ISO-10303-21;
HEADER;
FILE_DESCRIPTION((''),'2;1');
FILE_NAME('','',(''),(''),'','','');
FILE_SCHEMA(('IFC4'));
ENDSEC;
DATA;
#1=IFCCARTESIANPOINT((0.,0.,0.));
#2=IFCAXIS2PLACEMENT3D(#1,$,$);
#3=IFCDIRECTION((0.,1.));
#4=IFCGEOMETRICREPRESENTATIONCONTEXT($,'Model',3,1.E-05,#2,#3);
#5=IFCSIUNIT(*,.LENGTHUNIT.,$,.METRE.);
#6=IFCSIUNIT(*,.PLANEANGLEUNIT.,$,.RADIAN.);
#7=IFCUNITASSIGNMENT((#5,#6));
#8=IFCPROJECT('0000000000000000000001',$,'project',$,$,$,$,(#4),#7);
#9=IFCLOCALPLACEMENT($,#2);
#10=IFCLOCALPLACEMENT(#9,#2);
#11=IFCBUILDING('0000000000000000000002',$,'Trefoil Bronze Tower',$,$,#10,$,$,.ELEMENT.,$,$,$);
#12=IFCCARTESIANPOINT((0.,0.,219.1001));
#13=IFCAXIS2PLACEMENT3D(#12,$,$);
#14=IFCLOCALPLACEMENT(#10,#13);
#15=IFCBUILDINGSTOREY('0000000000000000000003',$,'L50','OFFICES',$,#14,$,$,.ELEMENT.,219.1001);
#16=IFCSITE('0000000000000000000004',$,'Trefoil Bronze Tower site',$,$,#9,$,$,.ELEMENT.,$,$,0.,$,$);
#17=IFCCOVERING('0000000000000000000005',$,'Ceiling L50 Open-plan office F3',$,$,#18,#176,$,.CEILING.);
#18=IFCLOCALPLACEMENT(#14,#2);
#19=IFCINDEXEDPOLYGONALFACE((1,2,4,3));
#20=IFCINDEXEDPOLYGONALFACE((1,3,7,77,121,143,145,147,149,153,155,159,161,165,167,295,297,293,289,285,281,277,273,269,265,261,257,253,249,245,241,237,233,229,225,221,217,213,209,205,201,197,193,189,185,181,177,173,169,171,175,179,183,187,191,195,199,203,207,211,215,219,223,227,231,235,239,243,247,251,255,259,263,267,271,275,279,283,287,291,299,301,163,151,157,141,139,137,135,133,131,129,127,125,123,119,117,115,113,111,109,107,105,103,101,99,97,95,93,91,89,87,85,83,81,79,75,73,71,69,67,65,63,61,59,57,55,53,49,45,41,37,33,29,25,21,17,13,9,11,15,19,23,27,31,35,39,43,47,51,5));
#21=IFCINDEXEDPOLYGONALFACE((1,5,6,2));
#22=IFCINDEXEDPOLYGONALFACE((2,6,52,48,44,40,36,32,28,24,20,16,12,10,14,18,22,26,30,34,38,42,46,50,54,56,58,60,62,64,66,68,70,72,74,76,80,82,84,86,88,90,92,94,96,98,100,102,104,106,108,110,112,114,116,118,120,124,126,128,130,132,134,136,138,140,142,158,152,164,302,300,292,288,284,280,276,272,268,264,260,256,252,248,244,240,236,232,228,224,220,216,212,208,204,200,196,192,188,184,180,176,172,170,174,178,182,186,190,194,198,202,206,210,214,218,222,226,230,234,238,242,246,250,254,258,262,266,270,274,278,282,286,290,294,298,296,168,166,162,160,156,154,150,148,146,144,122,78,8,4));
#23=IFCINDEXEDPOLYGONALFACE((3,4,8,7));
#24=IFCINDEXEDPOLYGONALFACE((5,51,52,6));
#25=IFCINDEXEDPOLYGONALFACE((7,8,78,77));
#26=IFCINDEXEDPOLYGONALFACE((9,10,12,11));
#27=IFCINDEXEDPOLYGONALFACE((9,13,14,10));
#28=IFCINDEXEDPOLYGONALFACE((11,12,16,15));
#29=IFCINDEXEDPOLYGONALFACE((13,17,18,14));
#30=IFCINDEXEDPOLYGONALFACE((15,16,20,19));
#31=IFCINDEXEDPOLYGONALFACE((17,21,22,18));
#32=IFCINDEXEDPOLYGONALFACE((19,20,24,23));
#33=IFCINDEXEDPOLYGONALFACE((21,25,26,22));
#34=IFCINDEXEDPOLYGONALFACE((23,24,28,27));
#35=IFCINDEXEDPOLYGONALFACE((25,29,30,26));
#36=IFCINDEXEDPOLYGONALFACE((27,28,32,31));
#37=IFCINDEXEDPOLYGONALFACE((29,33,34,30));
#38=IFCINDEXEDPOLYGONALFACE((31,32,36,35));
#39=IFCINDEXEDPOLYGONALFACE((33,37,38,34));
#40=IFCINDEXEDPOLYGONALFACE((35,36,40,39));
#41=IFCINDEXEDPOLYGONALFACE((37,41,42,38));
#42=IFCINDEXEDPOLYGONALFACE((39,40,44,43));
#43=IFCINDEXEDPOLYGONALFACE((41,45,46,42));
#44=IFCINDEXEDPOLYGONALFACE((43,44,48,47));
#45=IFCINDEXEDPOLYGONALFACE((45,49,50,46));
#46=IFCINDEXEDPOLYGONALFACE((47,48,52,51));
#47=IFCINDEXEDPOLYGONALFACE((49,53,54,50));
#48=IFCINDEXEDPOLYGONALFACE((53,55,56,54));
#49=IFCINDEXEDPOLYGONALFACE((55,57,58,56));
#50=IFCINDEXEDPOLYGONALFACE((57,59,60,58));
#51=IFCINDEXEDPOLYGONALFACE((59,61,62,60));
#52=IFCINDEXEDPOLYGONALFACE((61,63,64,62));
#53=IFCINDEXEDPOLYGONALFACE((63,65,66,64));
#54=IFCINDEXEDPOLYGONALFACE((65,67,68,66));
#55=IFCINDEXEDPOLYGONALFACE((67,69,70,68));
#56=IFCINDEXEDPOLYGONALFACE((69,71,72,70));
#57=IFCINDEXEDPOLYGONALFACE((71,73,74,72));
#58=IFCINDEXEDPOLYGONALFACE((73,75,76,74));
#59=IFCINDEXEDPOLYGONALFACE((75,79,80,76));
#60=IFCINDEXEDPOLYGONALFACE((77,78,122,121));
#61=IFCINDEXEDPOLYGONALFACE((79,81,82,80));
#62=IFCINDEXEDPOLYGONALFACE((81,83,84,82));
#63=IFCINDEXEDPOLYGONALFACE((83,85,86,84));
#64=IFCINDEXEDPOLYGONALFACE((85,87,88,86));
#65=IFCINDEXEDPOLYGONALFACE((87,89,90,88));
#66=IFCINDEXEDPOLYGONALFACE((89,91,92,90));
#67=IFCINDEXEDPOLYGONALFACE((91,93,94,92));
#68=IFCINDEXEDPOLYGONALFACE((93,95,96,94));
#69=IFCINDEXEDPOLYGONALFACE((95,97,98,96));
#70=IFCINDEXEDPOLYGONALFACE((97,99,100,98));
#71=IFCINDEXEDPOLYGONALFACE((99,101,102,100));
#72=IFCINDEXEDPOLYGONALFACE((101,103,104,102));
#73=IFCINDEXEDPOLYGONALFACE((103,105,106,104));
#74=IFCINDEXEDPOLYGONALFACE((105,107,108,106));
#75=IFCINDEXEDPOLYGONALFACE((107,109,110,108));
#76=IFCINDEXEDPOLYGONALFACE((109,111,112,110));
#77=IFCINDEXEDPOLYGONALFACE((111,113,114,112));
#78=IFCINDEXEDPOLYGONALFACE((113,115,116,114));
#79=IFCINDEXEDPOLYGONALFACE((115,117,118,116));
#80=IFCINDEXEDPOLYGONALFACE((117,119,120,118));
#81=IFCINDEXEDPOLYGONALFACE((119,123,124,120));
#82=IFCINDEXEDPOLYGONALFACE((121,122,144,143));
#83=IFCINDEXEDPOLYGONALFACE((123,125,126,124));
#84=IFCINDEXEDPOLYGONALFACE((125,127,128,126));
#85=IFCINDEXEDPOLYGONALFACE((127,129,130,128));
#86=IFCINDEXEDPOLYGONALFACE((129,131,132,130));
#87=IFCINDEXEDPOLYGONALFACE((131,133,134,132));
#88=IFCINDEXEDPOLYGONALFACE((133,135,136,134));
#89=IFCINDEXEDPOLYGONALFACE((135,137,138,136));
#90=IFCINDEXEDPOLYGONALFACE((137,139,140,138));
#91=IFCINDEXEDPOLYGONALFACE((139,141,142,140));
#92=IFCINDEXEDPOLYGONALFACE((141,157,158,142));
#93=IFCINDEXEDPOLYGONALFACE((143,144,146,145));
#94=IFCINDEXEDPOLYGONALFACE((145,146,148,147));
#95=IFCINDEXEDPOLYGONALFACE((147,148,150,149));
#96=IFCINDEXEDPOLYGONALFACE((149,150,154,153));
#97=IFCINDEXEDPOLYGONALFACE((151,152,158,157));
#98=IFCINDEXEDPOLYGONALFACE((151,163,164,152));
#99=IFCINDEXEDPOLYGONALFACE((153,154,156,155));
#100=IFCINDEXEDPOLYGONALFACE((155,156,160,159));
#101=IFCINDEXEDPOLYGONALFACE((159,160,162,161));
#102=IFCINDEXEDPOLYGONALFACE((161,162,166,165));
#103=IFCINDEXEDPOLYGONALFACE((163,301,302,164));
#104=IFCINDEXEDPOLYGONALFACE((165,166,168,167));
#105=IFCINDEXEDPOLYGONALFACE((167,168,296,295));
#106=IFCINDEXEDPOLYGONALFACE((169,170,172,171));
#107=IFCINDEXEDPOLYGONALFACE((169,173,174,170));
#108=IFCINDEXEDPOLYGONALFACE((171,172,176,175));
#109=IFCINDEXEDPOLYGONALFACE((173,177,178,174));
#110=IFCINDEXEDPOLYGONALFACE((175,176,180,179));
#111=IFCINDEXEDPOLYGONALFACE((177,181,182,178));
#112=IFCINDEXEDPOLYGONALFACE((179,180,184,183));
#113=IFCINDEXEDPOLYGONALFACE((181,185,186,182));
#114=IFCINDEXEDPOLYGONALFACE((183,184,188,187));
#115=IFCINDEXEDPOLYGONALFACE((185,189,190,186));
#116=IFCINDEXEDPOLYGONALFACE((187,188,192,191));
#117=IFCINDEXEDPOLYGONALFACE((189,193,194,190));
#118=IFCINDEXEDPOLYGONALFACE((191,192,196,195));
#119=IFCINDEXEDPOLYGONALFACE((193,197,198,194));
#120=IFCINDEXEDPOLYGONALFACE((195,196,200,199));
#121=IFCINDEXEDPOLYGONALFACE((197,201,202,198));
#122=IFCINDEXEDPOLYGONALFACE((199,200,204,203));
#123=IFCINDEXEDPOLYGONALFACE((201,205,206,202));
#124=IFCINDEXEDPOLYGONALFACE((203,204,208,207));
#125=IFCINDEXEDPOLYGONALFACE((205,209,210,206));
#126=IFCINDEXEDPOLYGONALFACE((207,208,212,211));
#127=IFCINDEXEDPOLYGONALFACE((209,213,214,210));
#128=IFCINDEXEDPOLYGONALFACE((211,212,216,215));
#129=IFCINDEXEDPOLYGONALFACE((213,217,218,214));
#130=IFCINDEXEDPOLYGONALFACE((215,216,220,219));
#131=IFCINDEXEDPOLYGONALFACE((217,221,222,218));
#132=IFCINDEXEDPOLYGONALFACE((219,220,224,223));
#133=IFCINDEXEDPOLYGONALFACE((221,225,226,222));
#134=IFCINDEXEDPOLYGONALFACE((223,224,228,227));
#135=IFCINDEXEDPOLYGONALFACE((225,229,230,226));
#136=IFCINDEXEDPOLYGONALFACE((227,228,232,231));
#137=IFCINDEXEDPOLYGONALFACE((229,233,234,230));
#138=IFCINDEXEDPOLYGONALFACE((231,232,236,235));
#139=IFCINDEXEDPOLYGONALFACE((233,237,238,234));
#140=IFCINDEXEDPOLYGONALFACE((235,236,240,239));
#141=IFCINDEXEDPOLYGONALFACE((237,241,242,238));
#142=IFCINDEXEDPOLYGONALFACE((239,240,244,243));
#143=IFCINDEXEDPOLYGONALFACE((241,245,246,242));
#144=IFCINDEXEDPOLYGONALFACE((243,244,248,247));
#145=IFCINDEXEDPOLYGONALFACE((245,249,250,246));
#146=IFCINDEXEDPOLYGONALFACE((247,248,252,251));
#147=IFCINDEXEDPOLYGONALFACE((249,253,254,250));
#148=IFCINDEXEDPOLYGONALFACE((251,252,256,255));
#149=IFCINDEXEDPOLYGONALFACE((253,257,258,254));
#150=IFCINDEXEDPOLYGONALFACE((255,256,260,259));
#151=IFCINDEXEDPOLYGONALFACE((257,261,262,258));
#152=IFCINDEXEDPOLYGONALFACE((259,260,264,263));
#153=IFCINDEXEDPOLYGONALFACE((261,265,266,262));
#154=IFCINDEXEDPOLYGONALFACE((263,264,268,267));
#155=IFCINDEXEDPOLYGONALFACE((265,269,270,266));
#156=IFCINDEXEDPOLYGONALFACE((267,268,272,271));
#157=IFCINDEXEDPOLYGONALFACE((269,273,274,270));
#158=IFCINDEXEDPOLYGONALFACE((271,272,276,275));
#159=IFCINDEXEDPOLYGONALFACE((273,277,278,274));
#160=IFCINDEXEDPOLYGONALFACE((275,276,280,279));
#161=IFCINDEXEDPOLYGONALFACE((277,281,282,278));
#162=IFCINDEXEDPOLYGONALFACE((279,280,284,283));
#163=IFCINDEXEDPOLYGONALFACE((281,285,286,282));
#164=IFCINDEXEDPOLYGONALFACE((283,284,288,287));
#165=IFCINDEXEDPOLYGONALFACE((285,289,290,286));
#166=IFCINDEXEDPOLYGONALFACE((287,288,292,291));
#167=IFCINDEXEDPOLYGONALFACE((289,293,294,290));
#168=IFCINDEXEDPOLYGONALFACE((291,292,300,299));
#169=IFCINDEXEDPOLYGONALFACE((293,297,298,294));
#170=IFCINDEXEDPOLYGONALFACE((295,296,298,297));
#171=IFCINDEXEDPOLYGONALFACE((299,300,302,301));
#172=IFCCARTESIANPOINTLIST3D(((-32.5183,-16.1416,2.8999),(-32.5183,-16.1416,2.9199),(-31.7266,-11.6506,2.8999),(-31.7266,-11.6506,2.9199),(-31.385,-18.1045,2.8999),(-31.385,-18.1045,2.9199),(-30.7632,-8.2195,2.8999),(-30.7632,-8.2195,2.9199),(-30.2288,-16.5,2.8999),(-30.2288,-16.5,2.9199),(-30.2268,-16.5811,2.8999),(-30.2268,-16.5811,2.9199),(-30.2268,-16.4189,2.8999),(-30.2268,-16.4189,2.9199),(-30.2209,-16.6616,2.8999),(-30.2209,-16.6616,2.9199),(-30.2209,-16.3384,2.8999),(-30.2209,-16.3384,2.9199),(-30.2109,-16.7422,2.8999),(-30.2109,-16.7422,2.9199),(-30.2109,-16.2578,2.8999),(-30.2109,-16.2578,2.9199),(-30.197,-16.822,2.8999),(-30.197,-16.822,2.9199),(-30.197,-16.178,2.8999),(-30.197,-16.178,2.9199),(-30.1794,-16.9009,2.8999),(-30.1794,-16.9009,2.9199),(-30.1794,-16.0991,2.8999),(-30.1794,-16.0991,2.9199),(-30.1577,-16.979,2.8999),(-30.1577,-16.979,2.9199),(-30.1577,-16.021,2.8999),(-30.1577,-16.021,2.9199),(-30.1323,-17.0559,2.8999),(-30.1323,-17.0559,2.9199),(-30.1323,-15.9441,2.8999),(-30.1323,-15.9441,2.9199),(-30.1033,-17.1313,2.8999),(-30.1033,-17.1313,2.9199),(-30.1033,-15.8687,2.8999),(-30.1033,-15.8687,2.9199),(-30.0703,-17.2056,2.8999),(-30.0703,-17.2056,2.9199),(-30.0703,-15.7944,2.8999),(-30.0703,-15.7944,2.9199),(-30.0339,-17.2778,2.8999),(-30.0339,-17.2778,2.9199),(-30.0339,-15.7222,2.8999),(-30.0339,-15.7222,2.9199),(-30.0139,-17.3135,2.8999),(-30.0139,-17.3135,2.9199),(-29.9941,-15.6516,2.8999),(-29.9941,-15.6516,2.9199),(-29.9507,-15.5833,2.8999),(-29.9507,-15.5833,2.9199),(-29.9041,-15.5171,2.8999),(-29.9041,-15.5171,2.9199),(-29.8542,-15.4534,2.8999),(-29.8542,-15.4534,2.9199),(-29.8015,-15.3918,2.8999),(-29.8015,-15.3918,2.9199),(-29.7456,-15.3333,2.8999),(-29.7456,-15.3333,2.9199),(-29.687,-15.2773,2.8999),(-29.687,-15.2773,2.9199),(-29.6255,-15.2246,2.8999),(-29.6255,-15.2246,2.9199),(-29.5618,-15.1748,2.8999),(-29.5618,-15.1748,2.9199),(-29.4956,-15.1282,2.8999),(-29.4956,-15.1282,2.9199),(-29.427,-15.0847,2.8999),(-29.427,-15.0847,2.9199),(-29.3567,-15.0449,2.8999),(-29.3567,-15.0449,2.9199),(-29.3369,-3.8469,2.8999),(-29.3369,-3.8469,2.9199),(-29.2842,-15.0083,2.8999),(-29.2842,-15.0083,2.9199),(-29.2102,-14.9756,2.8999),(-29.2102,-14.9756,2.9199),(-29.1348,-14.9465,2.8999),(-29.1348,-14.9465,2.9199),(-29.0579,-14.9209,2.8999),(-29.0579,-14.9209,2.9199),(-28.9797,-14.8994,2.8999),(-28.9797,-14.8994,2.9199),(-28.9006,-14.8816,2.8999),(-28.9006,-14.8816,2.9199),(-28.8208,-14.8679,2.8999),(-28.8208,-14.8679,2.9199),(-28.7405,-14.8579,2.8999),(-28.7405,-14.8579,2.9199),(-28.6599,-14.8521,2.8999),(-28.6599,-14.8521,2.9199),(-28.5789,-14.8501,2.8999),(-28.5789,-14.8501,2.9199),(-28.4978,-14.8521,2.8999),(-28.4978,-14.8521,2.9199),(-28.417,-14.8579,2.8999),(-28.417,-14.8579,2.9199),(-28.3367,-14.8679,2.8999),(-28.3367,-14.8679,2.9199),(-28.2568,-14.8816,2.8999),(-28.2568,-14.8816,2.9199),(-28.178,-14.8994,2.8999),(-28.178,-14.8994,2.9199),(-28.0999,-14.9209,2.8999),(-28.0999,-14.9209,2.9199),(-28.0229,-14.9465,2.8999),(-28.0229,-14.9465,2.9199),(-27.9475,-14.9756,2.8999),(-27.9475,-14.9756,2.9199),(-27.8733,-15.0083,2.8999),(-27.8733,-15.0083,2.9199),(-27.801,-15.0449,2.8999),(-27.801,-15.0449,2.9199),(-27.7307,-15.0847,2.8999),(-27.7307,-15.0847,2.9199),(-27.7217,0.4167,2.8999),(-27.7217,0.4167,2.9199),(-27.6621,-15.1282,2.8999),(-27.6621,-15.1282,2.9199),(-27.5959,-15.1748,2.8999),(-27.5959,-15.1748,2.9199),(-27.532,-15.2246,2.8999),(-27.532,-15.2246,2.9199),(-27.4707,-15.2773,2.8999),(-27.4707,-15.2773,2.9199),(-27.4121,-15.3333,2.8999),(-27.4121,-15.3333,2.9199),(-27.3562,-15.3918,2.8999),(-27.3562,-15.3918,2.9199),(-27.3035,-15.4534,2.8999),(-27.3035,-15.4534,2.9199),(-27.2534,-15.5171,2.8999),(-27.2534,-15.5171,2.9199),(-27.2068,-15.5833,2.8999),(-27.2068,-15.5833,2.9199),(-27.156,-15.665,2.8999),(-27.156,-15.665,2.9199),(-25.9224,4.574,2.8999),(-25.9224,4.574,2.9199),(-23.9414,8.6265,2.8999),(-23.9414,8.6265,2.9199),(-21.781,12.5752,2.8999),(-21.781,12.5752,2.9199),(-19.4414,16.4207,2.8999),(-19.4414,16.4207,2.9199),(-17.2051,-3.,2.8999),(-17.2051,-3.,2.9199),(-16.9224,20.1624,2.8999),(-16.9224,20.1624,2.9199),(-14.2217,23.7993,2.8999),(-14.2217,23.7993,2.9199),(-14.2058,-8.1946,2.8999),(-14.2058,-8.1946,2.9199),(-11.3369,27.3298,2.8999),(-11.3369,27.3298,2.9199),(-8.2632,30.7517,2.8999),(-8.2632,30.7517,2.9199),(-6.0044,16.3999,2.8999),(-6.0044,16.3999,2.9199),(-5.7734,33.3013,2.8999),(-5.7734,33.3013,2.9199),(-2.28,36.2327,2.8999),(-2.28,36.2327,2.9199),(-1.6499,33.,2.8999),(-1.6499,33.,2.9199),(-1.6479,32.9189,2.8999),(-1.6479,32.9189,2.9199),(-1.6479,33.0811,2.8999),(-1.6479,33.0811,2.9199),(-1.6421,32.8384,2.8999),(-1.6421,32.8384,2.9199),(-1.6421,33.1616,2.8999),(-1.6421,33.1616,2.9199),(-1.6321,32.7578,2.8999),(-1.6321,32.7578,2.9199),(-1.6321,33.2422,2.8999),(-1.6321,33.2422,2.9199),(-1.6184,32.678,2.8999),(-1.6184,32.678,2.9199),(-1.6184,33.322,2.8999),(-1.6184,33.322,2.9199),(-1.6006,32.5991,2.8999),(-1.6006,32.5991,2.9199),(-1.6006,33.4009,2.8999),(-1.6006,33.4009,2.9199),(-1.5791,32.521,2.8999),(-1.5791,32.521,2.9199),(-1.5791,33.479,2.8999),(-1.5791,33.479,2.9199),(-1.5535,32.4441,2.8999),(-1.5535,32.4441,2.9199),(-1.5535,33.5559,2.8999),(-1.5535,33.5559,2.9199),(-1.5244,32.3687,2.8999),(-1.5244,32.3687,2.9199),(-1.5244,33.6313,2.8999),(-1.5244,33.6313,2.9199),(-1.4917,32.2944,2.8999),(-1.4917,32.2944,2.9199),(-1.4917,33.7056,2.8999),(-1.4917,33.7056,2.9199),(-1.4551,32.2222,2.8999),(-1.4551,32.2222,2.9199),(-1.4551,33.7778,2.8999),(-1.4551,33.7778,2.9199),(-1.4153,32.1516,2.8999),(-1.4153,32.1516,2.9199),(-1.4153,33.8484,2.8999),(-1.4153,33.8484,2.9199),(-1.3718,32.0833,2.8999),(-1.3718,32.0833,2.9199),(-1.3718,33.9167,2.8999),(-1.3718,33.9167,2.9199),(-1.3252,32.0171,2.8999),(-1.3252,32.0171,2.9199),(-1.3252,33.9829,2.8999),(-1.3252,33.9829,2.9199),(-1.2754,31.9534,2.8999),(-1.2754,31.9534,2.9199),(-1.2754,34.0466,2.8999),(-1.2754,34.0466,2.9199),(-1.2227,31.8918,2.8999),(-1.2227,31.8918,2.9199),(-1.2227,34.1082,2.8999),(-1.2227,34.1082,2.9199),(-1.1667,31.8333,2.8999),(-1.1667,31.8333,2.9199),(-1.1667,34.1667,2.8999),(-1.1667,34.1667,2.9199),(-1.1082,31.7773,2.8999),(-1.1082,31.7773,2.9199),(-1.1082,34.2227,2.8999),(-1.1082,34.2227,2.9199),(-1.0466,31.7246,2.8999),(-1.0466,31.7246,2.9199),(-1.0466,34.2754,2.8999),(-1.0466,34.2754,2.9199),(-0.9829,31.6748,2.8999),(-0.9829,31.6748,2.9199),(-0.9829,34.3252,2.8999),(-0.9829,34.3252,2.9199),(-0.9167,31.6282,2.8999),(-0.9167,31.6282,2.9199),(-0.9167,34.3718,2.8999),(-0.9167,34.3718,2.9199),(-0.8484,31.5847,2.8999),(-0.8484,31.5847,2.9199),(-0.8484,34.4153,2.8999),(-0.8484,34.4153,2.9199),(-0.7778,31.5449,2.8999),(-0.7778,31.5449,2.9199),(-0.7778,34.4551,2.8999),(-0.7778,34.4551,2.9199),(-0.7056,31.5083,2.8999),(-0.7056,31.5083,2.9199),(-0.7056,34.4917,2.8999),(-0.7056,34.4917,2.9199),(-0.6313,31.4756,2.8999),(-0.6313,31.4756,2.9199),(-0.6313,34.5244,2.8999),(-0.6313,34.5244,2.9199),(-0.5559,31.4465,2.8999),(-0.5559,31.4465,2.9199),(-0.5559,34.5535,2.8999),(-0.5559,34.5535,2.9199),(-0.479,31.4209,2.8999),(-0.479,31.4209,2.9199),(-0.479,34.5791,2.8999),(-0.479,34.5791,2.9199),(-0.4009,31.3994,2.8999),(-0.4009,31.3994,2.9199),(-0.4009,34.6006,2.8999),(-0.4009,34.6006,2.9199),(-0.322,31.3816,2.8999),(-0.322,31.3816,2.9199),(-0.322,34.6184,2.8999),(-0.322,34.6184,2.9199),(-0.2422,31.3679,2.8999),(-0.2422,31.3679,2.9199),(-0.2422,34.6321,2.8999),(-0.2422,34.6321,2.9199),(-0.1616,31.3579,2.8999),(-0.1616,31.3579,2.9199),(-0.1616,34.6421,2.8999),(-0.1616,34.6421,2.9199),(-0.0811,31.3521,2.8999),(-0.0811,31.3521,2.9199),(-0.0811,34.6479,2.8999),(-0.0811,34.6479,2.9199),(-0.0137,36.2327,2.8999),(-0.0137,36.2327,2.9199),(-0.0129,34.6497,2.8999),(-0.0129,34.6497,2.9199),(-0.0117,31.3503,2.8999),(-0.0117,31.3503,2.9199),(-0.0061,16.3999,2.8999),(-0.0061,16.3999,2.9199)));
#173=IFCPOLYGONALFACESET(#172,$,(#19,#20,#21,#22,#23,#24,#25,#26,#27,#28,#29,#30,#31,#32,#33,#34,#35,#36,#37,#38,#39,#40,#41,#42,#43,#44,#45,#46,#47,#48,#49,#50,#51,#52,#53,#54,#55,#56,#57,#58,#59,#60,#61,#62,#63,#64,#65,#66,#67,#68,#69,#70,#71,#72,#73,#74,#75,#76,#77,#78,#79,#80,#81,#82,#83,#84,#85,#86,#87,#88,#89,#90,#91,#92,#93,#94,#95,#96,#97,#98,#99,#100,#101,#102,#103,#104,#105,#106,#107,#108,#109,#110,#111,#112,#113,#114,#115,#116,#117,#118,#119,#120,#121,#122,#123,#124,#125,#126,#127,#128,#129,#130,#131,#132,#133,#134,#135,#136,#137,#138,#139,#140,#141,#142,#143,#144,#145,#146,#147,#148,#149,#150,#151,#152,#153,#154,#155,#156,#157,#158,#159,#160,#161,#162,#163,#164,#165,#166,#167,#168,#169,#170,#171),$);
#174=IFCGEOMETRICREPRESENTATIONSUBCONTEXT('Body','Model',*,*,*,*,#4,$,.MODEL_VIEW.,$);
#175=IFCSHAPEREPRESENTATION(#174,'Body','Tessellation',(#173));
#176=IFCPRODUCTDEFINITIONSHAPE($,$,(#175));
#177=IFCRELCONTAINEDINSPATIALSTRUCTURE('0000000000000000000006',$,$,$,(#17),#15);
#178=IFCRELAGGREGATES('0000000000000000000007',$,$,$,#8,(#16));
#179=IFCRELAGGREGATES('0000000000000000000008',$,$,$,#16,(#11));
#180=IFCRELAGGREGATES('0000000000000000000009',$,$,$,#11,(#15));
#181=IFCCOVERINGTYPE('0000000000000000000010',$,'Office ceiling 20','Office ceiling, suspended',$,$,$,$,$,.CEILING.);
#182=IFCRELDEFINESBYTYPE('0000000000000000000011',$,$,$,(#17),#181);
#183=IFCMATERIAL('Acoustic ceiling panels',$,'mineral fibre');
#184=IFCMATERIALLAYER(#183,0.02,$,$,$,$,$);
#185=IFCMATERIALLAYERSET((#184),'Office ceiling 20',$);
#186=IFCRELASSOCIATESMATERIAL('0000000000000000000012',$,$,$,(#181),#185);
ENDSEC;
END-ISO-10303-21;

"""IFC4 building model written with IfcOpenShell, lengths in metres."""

from ifc_helpers import new_model, si_unit, direction, frame, origin, place, context, subcontext, project, spatial, polyline, outline, extrude, material, layer, layer_set, type_object, element, save


model = new_model("IFC4")

# Units and contexts
model_context = context("Model", 3, precision=1e-05, world=origin(), true_north=direction((0.0, 1.0)))
body_context = subcontext(model_context, "Body", "Model", "MODEL_VIEW")
ifc_project = project(units=[si_unit("LENGTHUNIT", "METRE"), si_unit("PLANEANGLEUNIT", "RADIAN")], contexts=[model_context])

# Site, building, storey
site_placement = place(None, origin())
site = spatial("IfcSite", under=ifc_project, at=site_placement, Name="Trefoil Bronze Tower site", CompositionType="ELEMENT", RefElevation=0.0)
building_placement = place(site_placement, origin())
building = spatial("IfcBuilding", under=site, at=building_placement, Name="Trefoil Bronze Tower", CompositionType="ELEMENT")
storey_placement = place(building_placement, frame((0.0, 0.0, 219.1001)))
storey = spatial("IfcBuildingStorey", under=building, at=storey_placement, Name="L50", Description="OFFICES", CompositionType="ELEMENT", Elevation=219.1001)

# Covering
ifc_material_1 = material(Name="Acoustic ceiling panels", Category="mineral fibre")
ifc_layer_1 = layer(ifc_material_1, 0.02)
ifc_layer_set_1 = layer_set([ifc_layer_1], Name="Office ceiling 20")
covering_type_1 = type_object("IfcCoveringType", Name="Office ceiling 20", Description="Office ceiling, suspended", PredefinedType="CEILING", material=ifc_layer_set_1)
covering_1_placement = place(storey_placement, frame((0.0, 0.0, 2.8999)))
element("IfcCovering", 1, at=covering_1_placement, inside=storey, type_object=covering_type_1, Name="Ceiling L50 Open-plan office F3", PredefinedType="CEILING", context=body_context, shape_type="SweptSolid", body=[
    extrude(outline(polyline([(-30.7632, -8.2195), (-29.3369, -3.8469), (-27.7217, 0.4167), (-25.9224, 4.574), (-23.9414, 8.6265), (-21.781, 12.5752), (-19.4414, 16.4207), (-16.9224, 20.1624), (-14.2217, 23.7993), (-11.3369, 27.3298), (-8.2632, 30.7517), (-5.7734, 33.3013), (-2.28, 36.2327), (-0.0137, 36.2327), (-0.0129, 34.6497), (-0.0811, 34.6479), (-0.1616, 34.6421), (-0.2422, 34.6321), (-0.322, 34.6184), (-0.4009, 34.6006), (-0.479, 34.5791), (-0.5559, 34.5535), (-0.6313, 34.5244), (-0.7056, 34.4917), (-0.7778, 34.4551), (-0.8484, 34.4153), (-0.9167, 34.3718), (-0.9829, 34.3252), (-1.0466, 34.2754), (-1.1082, 34.2227), (-1.1667, 34.1667), (-1.2227, 34.1082), (-1.2754, 34.0466), (-1.3252, 33.9829), (-1.3718, 33.9167), (-1.4153, 33.8484), (-1.4551, 33.7778), (-1.4917, 33.7056), (-1.5244, 33.6313), (-1.5535, 33.5559), (-1.5791, 33.479), (-1.6006, 33.4009), (-1.6184, 33.322), (-1.6321, 33.2422), (-1.6421, 33.1616), (-1.6479, 33.0811), (-1.6499, 33.0), (-1.6479, 32.9189), (-1.6421, 32.8384), (-1.6321, 32.7578), (-1.6184, 32.678), (-1.6006, 32.5991), (-1.5791, 32.521), (-1.5535, 32.4441), (-1.5244, 32.3687), (-1.4917, 32.2944), (-1.4551, 32.2222), (-1.4153, 32.1516), (-1.3718, 32.0833), (-1.3252, 32.0171), (-1.2754, 31.9534), (-1.2227, 31.8918), (-1.1667, 31.8333), (-1.1082, 31.7773), (-1.0466, 31.7246), (-0.9829, 31.6748), (-0.9167, 31.6282), (-0.8484, 31.5847), (-0.7778, 31.5449), (-0.7056, 31.5083), (-0.6313, 31.4756), (-0.5559, 31.4465), (-0.479, 31.4209), (-0.4009, 31.3994), (-0.322, 31.3816), (-0.2422, 31.3679), (-0.1616, 31.3579), (-0.0811, 31.3521), (-0.0117, 31.3503), (-0.0061, 16.3999), (-6.0044, 16.3999), (-17.2051, -3.0), (-14.2058, -8.1946), (-27.156, -15.665), (-27.2068, -15.5833), (-27.2534, -15.5171), (-27.3035, -15.4534), (-27.3562, -15.3918), (-27.4121, -15.3333), (-27.4707, -15.2773), (-27.532, -15.2246), (-27.5959, -15.1748), (-27.6621, -15.1282), (-27.7307, -15.0847), (-27.801, -15.0449), (-27.8733, -15.0083), (-27.9475, -14.9756), (-28.0229, -14.9465), (-28.0999, -14.9209), (-28.178, -14.8994), (-28.2568, -14.8816), (-28.3367, -14.8679), (-28.417, -14.8579), (-28.4978, -14.8521), (-28.5789, -14.8501), (-28.6599, -14.8521), (-28.7405, -14.8579), (-28.8208, -14.8679), (-28.9006, -14.8816), (-28.9797, -14.8994), (-29.0579, -14.9209), (-29.1348, -14.9465), (-29.2102, -14.9756), (-29.2842, -15.0083), (-29.3567, -15.0449), (-29.427, -15.0847), (-29.4956, -15.1282), (-29.5618, -15.1748), (-29.6255, -15.2246), (-29.687, -15.2773), (-29.7456, -15.3333), (-29.8015, -15.3918), (-29.8542, -15.4534), (-29.9041, -15.5171), (-29.9507, -15.5833), (-29.9941, -15.6516), (-30.0339, -15.7222), (-30.0703, -15.7944), (-30.1033, -15.8687), (-30.1323, -15.9441), (-30.1577, -16.021), (-30.1794, -16.0991), (-30.197, -16.178), (-30.2109, -16.2578), (-30.2209, -16.3384), (-30.2268, -16.4189), (-30.2288, -16.5), (-30.2268, -16.5811), (-30.2209, -16.6616), (-30.2109, -16.7422), (-30.197, -16.822), (-30.1794, -16.9009), (-30.1577, -16.979), (-30.1323, -17.0559), (-30.1033, -17.1313), (-30.0703, -17.2056), (-30.0339, -17.2778), (-30.0139, -17.3135), (-31.385, -18.1045), (-32.5183, -16.1416), (-31.7266, -11.6506), (-30.7632, -8.2195)])), origin(), (0.0, 0.0, 1.0), 0.02),
])

save(model, "model.ifc")
